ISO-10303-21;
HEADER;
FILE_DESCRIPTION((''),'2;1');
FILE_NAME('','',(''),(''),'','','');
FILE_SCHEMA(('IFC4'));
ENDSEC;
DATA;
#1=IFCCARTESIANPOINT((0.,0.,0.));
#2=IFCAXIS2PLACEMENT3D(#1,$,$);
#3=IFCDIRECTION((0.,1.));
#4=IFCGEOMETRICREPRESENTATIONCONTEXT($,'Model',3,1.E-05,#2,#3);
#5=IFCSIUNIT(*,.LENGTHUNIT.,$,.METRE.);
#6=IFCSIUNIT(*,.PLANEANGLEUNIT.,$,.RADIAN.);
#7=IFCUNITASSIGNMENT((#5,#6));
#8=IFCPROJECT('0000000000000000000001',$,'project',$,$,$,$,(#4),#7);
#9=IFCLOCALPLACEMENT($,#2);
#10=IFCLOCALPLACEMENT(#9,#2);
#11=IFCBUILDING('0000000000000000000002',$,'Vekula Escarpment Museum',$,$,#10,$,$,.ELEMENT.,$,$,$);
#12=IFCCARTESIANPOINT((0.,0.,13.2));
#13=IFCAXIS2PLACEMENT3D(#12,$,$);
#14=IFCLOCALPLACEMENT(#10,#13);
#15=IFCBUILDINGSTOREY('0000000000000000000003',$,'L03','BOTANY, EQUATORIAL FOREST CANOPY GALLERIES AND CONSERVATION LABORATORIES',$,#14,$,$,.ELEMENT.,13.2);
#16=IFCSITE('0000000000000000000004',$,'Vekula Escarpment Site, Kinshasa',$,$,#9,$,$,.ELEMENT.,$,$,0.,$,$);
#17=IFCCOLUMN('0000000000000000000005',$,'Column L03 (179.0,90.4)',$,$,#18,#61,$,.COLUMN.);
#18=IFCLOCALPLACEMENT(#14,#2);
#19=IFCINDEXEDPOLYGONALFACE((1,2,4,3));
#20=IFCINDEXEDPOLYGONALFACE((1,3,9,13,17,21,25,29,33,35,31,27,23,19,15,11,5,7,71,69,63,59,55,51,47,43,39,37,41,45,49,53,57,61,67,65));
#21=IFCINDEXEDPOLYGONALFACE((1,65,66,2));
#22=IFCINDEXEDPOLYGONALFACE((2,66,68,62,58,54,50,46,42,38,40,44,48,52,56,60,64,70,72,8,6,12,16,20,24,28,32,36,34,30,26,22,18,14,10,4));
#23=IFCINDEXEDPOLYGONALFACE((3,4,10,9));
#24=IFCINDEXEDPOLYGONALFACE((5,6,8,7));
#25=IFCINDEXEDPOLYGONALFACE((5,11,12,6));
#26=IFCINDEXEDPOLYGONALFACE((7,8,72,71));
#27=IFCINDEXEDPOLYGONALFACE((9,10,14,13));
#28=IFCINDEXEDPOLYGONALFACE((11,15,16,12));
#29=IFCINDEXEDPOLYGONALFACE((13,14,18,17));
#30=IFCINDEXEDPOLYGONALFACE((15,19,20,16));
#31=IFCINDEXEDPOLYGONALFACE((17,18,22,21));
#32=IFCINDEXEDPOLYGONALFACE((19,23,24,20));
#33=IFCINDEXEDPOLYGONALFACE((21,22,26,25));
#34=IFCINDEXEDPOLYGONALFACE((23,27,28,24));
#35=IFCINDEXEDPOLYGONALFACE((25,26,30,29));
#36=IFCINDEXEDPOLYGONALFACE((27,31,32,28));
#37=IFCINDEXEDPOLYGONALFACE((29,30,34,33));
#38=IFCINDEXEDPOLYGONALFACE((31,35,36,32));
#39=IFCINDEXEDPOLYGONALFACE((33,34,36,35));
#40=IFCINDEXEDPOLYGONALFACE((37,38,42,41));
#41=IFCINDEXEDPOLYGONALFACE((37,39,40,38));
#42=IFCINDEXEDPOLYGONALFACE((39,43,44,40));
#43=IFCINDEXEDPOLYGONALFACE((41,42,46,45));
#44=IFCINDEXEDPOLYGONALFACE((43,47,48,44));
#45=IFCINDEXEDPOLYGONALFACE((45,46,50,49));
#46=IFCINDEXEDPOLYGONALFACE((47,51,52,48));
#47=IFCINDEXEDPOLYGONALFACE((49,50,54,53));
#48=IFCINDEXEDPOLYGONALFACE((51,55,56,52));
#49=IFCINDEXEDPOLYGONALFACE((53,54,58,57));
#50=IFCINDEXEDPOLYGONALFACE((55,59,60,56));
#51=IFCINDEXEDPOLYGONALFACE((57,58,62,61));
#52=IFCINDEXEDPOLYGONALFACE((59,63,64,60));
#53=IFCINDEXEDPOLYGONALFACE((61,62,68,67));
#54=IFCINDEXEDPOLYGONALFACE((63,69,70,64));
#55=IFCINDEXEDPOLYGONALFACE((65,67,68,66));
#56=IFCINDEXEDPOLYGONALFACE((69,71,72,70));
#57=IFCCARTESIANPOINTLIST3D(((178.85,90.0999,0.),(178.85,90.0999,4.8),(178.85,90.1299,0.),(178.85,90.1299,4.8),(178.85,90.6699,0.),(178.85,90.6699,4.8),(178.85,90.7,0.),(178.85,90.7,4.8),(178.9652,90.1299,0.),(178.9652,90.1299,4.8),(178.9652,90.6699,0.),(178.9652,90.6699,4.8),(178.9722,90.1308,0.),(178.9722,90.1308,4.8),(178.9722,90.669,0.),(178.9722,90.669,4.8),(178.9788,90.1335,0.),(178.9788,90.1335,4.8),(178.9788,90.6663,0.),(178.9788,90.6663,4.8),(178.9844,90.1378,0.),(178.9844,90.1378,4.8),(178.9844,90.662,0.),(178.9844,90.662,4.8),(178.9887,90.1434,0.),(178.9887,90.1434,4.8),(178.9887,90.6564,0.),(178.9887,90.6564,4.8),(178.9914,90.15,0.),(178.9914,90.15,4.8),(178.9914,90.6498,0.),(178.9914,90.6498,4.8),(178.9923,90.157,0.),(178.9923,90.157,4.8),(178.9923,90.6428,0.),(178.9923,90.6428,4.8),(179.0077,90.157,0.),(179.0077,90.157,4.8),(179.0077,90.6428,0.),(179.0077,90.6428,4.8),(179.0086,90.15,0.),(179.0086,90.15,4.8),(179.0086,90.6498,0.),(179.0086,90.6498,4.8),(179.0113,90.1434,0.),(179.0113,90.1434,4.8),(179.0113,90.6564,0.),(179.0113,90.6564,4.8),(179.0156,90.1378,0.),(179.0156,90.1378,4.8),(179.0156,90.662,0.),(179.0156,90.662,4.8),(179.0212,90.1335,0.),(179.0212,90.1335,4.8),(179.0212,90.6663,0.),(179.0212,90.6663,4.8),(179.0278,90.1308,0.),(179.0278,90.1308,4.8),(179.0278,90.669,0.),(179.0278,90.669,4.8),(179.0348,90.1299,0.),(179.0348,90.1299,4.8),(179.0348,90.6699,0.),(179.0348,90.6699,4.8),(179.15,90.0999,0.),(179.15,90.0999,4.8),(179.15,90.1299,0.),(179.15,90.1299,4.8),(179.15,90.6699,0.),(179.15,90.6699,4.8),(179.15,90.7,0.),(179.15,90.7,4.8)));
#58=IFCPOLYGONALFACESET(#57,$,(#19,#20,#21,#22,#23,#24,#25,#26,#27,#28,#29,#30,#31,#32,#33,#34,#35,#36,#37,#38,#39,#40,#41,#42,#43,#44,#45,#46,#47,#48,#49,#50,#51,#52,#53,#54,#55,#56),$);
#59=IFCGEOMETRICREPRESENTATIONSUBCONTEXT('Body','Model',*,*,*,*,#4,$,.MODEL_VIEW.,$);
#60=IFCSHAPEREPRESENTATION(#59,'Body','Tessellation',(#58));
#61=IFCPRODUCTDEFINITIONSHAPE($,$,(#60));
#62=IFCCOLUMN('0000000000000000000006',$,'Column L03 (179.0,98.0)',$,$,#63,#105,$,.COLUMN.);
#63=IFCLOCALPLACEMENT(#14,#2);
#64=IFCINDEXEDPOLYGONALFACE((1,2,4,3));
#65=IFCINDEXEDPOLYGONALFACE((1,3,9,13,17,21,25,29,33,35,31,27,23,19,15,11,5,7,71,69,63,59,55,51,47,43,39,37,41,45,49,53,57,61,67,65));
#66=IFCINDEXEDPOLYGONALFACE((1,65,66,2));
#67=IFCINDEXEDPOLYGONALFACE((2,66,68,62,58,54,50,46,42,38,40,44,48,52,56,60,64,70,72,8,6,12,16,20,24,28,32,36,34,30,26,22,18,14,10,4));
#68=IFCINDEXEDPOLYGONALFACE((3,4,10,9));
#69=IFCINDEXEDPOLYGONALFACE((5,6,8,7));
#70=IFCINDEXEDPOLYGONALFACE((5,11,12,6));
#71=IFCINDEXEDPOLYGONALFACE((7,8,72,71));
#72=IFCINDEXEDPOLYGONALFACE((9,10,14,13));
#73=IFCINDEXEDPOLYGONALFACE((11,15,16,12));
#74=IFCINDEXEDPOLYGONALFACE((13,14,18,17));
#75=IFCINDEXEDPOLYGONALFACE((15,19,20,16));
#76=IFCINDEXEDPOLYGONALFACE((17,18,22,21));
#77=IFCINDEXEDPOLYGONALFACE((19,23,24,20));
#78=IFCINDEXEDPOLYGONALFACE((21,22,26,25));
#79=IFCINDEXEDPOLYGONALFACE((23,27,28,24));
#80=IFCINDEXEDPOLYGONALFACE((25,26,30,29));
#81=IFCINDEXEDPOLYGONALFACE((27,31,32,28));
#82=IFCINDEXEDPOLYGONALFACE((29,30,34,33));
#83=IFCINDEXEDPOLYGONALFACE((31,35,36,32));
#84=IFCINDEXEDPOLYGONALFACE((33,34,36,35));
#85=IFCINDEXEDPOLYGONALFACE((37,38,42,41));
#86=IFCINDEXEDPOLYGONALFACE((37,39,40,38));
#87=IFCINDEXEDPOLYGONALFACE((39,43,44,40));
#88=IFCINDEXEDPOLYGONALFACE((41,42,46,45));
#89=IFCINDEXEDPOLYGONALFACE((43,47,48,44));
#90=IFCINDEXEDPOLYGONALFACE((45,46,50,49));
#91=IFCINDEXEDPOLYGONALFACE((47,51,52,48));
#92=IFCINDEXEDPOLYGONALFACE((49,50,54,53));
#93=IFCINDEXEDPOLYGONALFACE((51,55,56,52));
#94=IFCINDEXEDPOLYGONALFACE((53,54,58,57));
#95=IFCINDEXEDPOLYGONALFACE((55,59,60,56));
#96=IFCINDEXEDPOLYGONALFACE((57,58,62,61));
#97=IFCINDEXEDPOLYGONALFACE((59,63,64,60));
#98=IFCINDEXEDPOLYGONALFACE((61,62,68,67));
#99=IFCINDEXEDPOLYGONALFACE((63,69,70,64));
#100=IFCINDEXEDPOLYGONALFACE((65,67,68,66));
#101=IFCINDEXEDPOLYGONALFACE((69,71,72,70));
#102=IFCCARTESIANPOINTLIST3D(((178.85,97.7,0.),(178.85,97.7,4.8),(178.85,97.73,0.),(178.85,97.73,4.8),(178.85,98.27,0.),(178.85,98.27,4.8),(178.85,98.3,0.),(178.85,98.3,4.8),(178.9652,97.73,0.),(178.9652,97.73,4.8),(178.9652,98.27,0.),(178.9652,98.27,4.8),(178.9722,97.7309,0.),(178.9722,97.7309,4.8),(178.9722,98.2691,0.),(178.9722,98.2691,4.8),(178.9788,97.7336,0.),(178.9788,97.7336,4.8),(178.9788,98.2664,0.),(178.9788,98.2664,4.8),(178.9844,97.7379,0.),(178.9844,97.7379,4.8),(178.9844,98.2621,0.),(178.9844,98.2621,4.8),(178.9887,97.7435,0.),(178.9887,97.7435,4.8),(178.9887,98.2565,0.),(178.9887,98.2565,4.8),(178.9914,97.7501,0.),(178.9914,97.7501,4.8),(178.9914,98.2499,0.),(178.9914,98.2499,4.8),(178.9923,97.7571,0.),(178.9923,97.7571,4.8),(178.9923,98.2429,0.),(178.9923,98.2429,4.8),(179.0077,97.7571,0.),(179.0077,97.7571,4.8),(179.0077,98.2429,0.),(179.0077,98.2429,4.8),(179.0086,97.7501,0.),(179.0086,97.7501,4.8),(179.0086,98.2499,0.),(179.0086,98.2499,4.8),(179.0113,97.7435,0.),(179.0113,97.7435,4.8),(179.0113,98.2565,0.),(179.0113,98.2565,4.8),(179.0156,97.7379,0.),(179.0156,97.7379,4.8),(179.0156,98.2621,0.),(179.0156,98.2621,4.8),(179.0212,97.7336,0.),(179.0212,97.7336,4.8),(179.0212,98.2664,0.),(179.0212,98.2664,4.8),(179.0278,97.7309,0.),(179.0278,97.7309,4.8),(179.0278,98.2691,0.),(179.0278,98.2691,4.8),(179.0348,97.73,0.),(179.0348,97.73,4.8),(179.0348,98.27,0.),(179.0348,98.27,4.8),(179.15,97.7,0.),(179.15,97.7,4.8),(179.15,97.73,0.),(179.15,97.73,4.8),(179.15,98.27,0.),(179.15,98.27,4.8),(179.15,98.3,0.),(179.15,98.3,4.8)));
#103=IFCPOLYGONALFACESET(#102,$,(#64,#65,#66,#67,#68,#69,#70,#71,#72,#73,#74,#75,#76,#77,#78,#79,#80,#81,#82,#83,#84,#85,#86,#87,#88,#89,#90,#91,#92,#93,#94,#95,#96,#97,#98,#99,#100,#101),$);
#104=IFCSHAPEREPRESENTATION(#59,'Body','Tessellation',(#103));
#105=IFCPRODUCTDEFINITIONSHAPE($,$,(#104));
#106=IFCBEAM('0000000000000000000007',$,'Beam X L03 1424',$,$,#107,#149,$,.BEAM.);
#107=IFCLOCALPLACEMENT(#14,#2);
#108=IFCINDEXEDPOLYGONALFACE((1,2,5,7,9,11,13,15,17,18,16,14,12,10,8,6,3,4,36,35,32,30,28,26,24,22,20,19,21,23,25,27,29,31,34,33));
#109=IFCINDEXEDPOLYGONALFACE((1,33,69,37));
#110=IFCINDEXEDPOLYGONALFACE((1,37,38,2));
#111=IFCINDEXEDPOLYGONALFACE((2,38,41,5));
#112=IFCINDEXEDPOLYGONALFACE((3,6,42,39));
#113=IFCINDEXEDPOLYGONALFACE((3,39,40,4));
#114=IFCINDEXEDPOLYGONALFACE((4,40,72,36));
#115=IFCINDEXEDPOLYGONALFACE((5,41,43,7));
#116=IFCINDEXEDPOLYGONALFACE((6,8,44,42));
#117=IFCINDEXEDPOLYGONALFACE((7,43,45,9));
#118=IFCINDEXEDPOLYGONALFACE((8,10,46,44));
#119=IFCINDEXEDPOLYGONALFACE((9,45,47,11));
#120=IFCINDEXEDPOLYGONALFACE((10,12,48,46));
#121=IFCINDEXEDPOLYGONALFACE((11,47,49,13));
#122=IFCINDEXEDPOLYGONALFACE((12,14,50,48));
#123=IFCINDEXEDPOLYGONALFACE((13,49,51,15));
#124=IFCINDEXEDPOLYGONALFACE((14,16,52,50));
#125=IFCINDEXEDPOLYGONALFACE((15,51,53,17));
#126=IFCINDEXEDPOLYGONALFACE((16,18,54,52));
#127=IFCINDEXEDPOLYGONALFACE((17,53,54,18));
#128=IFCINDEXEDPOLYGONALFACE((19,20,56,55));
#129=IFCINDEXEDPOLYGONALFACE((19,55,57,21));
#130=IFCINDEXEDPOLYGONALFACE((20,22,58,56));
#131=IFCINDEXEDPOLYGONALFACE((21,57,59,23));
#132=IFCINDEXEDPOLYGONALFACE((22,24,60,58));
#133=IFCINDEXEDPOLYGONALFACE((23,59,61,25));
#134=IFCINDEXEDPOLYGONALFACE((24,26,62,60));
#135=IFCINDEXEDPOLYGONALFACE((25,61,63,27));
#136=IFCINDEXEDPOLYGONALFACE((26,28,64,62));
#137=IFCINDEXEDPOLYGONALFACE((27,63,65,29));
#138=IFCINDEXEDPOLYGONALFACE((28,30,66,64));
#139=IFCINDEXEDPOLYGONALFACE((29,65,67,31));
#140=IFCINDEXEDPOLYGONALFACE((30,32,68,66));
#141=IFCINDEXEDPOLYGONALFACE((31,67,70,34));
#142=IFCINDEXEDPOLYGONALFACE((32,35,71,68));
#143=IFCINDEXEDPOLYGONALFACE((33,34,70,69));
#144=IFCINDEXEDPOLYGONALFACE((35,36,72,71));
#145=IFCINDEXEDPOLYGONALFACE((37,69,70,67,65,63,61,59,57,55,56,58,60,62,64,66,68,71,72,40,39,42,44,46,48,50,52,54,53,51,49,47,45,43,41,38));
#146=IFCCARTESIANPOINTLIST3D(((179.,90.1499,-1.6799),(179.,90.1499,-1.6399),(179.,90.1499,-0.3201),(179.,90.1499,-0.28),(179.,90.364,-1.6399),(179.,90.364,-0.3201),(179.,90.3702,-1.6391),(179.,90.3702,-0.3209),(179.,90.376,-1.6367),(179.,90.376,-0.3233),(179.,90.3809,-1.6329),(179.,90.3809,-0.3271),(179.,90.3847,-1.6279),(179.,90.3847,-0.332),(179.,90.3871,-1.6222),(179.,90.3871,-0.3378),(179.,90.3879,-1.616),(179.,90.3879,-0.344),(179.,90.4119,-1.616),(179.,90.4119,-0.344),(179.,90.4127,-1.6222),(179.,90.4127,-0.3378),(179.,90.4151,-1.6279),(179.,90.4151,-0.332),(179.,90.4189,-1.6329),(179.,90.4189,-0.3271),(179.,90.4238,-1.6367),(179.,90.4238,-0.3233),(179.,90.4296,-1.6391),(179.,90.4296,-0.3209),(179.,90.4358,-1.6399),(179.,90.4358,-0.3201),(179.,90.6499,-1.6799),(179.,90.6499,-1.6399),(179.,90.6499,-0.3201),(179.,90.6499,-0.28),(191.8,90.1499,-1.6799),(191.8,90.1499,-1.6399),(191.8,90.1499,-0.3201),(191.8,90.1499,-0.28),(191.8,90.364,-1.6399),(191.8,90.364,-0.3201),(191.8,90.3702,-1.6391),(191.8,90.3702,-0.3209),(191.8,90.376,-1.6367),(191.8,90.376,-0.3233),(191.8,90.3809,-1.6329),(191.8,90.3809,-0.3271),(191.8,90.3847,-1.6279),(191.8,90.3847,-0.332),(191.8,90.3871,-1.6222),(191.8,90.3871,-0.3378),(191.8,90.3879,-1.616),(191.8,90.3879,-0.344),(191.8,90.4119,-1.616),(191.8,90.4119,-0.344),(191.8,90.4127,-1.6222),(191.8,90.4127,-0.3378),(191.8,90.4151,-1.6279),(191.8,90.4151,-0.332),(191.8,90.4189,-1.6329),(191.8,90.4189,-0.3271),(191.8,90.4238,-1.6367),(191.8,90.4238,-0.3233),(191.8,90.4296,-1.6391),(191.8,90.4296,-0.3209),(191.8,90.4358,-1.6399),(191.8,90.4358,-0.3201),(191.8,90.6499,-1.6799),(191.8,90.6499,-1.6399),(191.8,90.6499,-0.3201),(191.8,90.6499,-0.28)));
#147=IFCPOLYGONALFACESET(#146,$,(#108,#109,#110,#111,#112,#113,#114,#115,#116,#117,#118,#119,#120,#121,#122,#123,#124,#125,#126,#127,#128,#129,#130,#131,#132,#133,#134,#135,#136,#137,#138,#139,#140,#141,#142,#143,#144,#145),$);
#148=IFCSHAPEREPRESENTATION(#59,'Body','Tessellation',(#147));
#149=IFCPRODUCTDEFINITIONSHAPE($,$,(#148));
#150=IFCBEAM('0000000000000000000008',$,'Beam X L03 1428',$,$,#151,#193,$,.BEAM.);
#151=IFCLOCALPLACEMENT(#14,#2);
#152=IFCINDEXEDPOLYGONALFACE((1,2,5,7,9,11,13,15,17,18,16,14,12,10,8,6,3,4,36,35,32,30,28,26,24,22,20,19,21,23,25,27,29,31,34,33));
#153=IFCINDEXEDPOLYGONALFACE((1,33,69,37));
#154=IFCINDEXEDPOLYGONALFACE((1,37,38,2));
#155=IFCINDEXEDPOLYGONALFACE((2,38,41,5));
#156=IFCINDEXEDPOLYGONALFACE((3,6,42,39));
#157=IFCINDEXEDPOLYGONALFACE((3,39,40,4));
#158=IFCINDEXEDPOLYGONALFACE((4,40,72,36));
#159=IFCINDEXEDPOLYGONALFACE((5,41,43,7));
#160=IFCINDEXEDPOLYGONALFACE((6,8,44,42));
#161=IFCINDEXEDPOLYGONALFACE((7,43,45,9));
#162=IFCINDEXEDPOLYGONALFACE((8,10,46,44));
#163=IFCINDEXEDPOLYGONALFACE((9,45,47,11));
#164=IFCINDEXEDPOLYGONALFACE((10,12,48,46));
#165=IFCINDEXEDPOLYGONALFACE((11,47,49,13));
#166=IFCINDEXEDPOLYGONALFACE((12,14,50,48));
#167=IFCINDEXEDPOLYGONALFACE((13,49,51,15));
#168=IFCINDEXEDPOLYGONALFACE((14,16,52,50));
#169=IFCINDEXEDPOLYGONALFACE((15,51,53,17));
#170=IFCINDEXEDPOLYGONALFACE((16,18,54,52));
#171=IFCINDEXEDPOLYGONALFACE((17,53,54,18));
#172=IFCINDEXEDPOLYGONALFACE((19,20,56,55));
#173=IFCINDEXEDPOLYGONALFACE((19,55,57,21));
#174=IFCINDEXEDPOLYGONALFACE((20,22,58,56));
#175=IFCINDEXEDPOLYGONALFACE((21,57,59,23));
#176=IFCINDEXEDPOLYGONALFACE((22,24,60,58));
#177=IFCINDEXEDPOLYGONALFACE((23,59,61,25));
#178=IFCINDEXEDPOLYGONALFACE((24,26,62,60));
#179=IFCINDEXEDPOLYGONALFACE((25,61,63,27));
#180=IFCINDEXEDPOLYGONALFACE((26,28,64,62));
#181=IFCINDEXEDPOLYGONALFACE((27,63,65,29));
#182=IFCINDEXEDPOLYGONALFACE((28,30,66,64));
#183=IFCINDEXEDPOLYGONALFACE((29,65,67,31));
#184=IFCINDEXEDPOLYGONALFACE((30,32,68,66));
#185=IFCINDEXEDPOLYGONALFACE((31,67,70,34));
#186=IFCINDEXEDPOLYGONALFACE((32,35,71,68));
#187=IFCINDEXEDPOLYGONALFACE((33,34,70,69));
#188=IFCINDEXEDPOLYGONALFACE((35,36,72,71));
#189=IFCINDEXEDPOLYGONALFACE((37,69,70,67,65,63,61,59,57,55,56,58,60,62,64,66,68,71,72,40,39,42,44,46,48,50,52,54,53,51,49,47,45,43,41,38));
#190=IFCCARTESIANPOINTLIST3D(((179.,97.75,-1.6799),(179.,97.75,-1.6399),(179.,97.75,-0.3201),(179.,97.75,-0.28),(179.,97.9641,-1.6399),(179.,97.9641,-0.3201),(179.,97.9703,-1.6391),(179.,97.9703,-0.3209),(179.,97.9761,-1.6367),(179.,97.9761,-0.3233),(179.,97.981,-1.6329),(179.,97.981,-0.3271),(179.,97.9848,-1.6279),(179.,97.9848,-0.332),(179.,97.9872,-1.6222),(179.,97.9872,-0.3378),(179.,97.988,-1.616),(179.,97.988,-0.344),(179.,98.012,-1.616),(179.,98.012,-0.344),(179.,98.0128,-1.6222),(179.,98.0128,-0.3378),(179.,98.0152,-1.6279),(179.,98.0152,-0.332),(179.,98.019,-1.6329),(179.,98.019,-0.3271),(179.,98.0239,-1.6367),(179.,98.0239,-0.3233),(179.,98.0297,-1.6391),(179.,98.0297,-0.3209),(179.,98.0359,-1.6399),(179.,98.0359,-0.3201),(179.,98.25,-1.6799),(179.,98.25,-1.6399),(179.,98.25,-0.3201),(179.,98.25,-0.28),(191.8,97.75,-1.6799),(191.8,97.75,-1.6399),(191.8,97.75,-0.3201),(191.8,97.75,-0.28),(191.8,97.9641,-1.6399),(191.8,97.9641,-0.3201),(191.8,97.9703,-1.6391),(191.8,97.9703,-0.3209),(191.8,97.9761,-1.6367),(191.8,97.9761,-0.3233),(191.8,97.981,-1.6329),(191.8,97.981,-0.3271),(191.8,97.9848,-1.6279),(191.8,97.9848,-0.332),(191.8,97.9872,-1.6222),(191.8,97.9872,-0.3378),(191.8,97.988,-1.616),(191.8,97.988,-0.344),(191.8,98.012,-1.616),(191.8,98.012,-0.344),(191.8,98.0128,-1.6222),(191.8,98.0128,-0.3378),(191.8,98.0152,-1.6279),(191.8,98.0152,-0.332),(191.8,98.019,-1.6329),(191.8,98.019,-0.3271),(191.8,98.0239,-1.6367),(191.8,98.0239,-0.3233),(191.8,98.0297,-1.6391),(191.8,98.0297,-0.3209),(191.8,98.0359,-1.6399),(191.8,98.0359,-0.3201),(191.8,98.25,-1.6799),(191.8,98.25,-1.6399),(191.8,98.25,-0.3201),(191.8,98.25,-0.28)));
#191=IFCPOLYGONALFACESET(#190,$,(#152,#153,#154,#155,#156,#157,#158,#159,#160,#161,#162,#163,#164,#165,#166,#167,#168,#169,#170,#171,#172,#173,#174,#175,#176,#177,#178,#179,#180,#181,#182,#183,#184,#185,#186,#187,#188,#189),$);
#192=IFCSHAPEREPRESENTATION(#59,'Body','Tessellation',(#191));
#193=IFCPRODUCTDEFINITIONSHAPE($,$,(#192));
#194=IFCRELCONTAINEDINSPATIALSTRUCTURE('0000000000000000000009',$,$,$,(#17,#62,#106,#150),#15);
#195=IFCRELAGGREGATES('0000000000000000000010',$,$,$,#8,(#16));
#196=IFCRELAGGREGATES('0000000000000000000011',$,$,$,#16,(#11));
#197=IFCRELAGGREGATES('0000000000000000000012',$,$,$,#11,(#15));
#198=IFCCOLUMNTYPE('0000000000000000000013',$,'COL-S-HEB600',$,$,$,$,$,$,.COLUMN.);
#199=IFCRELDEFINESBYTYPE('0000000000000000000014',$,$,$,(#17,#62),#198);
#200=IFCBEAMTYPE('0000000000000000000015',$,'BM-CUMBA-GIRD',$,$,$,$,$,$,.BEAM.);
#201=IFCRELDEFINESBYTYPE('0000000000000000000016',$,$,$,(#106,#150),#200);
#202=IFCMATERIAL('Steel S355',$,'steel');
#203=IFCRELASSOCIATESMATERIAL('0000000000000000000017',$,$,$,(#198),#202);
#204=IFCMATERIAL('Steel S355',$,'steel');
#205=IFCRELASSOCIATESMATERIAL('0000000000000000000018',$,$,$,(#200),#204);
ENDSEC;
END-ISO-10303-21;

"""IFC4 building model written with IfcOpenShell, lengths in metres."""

from ifc_helpers import new_model, si_unit, direction, frame, origin, origin_2d, place, context, subcontext, project, spatial, i_section, extrude, material, material_profile, profile_set, type_object, element, save


model = new_model("IFC4")

# Units and contexts
model_context = context("Model", 3, precision=1e-05, world=origin(), true_north=direction((0.0, 1.0)))
body_context = subcontext(model_context, "Body", "Model", "MODEL_VIEW")
ifc_project = project(units=[si_unit("LENGTHUNIT", "METRE"), si_unit("PLANEANGLEUNIT", "RADIAN")], contexts=[model_context])

# Site, building, storey
site_placement = place(None, origin())
site = spatial("IfcSite", under=ifc_project, at=site_placement, Name="Vekula Escarpment Site, Kinshasa", CompositionType="ELEMENT", RefElevation=0.0)
building_placement = place(site_placement, origin())
building = spatial("IfcBuilding", under=site, at=building_placement, Name="Vekula Escarpment Museum", CompositionType="ELEMENT")
storey_placement = place(building_placement, frame((0.0, 0.0, 13.2)))
storey = spatial("IfcBuildingStorey", under=building, at=storey_placement, Name="L03", Description="BOTANY, EQUATORIAL FOREST CANOPY GALLERIES AND CONSERVATION LABORATORIES", CompositionType="ELEMENT", Elevation=13.2)

# Columns
ifc_material_1 = material(Name="Steel S355", Category="steel")
ifc_material_profile_1 = material_profile(ifc_material_1, i_section(OverallWidth=0.3, OverallDepth=0.6001, WebThickness=0.0154, FlangeThickness=0.03, FilletRadius=0.0271, at=origin_2d()), Name="HEB 600")
ifc_profile_set_1 = profile_set([ifc_material_profile_1], Name="Steel S355")
column_type = type_object("IfcColumnType", Name="COL-S-HEB600", PredefinedType="COLUMN", material=ifc_profile_set_1)
for number, where, z_axis, x_axis, name in (
    (1, (179.0, 90.3999, 0.0), (0.0, 0.0, 1.0), (1.0, 0.0, 0.0), "Column L03 (179.0,90.4)"),
    (2, (179.0, 98.0, 0.0), (0.0, 0.0, 1.0), (1.0, 0.0, 0.0), "Column L03 (179.0,98.0)"),
):
    element("IfcColumn", number, at=place(storey_placement, frame(where, z_axis=z_axis, x_axis=x_axis)), inside=storey, type_object=column_type, Name=name, PredefinedType="COLUMN", context=body_context, shape_type="SweptSolid", body=[
        extrude(i_section(OverallWidth=0.3, OverallDepth=0.6001, WebThickness=0.0154, FlangeThickness=0.03, FilletRadius=0.0271, at=origin_2d()), origin(), (0.0, 0.0, 1.0), 4.8),
    ])

# Beams
ifc_material_2 = material(Name="Steel S355", Category="steel")
ifc_material_profile_2 = material_profile(ifc_material_2, i_section(OverallWidth=0.5, OverallDepth=1.3999, WebThickness=0.0239, FlangeThickness=0.04, FilletRadius=0.0239, at=origin_2d()), Name="WPG 1400x500")
ifc_profile_set_2 = profile_set([ifc_material_profile_2], Name="Steel S355")
beam_type_1 = type_object("IfcBeamType", Name="BM-CUMBA-GIRD", PredefinedType="BEAM", material=ifc_profile_set_2)
for number, where, z_axis, x_axis, name in (
    (3, (179.0, 90.3999, -0.98), (1.0, 0.0, 0.0), (0.0, 1.0, 0.0), "Beam X L03 1424"),
    (4, (179.0, 98.0, -0.98), (1.0, 0.0, 0.0), (0.0, 1.0, 0.0), "Beam X L03 1428"),
):
    element("IfcBeam", number, at=place(storey_placement, frame(where, z_axis=z_axis, x_axis=x_axis)), inside=storey, type_object=beam_type_1, Name=name, PredefinedType="BEAM", context=body_context, shape_type="SweptSolid", body=[
        extrude(i_section(OverallWidth=0.5, OverallDepth=1.3999, WebThickness=0.0239, FlangeThickness=0.04, FilletRadius=0.0239, at=origin_2d()), origin(), (0.0, 0.0, 1.0), 12.8),
    ])

save(model, "model.ifc")
